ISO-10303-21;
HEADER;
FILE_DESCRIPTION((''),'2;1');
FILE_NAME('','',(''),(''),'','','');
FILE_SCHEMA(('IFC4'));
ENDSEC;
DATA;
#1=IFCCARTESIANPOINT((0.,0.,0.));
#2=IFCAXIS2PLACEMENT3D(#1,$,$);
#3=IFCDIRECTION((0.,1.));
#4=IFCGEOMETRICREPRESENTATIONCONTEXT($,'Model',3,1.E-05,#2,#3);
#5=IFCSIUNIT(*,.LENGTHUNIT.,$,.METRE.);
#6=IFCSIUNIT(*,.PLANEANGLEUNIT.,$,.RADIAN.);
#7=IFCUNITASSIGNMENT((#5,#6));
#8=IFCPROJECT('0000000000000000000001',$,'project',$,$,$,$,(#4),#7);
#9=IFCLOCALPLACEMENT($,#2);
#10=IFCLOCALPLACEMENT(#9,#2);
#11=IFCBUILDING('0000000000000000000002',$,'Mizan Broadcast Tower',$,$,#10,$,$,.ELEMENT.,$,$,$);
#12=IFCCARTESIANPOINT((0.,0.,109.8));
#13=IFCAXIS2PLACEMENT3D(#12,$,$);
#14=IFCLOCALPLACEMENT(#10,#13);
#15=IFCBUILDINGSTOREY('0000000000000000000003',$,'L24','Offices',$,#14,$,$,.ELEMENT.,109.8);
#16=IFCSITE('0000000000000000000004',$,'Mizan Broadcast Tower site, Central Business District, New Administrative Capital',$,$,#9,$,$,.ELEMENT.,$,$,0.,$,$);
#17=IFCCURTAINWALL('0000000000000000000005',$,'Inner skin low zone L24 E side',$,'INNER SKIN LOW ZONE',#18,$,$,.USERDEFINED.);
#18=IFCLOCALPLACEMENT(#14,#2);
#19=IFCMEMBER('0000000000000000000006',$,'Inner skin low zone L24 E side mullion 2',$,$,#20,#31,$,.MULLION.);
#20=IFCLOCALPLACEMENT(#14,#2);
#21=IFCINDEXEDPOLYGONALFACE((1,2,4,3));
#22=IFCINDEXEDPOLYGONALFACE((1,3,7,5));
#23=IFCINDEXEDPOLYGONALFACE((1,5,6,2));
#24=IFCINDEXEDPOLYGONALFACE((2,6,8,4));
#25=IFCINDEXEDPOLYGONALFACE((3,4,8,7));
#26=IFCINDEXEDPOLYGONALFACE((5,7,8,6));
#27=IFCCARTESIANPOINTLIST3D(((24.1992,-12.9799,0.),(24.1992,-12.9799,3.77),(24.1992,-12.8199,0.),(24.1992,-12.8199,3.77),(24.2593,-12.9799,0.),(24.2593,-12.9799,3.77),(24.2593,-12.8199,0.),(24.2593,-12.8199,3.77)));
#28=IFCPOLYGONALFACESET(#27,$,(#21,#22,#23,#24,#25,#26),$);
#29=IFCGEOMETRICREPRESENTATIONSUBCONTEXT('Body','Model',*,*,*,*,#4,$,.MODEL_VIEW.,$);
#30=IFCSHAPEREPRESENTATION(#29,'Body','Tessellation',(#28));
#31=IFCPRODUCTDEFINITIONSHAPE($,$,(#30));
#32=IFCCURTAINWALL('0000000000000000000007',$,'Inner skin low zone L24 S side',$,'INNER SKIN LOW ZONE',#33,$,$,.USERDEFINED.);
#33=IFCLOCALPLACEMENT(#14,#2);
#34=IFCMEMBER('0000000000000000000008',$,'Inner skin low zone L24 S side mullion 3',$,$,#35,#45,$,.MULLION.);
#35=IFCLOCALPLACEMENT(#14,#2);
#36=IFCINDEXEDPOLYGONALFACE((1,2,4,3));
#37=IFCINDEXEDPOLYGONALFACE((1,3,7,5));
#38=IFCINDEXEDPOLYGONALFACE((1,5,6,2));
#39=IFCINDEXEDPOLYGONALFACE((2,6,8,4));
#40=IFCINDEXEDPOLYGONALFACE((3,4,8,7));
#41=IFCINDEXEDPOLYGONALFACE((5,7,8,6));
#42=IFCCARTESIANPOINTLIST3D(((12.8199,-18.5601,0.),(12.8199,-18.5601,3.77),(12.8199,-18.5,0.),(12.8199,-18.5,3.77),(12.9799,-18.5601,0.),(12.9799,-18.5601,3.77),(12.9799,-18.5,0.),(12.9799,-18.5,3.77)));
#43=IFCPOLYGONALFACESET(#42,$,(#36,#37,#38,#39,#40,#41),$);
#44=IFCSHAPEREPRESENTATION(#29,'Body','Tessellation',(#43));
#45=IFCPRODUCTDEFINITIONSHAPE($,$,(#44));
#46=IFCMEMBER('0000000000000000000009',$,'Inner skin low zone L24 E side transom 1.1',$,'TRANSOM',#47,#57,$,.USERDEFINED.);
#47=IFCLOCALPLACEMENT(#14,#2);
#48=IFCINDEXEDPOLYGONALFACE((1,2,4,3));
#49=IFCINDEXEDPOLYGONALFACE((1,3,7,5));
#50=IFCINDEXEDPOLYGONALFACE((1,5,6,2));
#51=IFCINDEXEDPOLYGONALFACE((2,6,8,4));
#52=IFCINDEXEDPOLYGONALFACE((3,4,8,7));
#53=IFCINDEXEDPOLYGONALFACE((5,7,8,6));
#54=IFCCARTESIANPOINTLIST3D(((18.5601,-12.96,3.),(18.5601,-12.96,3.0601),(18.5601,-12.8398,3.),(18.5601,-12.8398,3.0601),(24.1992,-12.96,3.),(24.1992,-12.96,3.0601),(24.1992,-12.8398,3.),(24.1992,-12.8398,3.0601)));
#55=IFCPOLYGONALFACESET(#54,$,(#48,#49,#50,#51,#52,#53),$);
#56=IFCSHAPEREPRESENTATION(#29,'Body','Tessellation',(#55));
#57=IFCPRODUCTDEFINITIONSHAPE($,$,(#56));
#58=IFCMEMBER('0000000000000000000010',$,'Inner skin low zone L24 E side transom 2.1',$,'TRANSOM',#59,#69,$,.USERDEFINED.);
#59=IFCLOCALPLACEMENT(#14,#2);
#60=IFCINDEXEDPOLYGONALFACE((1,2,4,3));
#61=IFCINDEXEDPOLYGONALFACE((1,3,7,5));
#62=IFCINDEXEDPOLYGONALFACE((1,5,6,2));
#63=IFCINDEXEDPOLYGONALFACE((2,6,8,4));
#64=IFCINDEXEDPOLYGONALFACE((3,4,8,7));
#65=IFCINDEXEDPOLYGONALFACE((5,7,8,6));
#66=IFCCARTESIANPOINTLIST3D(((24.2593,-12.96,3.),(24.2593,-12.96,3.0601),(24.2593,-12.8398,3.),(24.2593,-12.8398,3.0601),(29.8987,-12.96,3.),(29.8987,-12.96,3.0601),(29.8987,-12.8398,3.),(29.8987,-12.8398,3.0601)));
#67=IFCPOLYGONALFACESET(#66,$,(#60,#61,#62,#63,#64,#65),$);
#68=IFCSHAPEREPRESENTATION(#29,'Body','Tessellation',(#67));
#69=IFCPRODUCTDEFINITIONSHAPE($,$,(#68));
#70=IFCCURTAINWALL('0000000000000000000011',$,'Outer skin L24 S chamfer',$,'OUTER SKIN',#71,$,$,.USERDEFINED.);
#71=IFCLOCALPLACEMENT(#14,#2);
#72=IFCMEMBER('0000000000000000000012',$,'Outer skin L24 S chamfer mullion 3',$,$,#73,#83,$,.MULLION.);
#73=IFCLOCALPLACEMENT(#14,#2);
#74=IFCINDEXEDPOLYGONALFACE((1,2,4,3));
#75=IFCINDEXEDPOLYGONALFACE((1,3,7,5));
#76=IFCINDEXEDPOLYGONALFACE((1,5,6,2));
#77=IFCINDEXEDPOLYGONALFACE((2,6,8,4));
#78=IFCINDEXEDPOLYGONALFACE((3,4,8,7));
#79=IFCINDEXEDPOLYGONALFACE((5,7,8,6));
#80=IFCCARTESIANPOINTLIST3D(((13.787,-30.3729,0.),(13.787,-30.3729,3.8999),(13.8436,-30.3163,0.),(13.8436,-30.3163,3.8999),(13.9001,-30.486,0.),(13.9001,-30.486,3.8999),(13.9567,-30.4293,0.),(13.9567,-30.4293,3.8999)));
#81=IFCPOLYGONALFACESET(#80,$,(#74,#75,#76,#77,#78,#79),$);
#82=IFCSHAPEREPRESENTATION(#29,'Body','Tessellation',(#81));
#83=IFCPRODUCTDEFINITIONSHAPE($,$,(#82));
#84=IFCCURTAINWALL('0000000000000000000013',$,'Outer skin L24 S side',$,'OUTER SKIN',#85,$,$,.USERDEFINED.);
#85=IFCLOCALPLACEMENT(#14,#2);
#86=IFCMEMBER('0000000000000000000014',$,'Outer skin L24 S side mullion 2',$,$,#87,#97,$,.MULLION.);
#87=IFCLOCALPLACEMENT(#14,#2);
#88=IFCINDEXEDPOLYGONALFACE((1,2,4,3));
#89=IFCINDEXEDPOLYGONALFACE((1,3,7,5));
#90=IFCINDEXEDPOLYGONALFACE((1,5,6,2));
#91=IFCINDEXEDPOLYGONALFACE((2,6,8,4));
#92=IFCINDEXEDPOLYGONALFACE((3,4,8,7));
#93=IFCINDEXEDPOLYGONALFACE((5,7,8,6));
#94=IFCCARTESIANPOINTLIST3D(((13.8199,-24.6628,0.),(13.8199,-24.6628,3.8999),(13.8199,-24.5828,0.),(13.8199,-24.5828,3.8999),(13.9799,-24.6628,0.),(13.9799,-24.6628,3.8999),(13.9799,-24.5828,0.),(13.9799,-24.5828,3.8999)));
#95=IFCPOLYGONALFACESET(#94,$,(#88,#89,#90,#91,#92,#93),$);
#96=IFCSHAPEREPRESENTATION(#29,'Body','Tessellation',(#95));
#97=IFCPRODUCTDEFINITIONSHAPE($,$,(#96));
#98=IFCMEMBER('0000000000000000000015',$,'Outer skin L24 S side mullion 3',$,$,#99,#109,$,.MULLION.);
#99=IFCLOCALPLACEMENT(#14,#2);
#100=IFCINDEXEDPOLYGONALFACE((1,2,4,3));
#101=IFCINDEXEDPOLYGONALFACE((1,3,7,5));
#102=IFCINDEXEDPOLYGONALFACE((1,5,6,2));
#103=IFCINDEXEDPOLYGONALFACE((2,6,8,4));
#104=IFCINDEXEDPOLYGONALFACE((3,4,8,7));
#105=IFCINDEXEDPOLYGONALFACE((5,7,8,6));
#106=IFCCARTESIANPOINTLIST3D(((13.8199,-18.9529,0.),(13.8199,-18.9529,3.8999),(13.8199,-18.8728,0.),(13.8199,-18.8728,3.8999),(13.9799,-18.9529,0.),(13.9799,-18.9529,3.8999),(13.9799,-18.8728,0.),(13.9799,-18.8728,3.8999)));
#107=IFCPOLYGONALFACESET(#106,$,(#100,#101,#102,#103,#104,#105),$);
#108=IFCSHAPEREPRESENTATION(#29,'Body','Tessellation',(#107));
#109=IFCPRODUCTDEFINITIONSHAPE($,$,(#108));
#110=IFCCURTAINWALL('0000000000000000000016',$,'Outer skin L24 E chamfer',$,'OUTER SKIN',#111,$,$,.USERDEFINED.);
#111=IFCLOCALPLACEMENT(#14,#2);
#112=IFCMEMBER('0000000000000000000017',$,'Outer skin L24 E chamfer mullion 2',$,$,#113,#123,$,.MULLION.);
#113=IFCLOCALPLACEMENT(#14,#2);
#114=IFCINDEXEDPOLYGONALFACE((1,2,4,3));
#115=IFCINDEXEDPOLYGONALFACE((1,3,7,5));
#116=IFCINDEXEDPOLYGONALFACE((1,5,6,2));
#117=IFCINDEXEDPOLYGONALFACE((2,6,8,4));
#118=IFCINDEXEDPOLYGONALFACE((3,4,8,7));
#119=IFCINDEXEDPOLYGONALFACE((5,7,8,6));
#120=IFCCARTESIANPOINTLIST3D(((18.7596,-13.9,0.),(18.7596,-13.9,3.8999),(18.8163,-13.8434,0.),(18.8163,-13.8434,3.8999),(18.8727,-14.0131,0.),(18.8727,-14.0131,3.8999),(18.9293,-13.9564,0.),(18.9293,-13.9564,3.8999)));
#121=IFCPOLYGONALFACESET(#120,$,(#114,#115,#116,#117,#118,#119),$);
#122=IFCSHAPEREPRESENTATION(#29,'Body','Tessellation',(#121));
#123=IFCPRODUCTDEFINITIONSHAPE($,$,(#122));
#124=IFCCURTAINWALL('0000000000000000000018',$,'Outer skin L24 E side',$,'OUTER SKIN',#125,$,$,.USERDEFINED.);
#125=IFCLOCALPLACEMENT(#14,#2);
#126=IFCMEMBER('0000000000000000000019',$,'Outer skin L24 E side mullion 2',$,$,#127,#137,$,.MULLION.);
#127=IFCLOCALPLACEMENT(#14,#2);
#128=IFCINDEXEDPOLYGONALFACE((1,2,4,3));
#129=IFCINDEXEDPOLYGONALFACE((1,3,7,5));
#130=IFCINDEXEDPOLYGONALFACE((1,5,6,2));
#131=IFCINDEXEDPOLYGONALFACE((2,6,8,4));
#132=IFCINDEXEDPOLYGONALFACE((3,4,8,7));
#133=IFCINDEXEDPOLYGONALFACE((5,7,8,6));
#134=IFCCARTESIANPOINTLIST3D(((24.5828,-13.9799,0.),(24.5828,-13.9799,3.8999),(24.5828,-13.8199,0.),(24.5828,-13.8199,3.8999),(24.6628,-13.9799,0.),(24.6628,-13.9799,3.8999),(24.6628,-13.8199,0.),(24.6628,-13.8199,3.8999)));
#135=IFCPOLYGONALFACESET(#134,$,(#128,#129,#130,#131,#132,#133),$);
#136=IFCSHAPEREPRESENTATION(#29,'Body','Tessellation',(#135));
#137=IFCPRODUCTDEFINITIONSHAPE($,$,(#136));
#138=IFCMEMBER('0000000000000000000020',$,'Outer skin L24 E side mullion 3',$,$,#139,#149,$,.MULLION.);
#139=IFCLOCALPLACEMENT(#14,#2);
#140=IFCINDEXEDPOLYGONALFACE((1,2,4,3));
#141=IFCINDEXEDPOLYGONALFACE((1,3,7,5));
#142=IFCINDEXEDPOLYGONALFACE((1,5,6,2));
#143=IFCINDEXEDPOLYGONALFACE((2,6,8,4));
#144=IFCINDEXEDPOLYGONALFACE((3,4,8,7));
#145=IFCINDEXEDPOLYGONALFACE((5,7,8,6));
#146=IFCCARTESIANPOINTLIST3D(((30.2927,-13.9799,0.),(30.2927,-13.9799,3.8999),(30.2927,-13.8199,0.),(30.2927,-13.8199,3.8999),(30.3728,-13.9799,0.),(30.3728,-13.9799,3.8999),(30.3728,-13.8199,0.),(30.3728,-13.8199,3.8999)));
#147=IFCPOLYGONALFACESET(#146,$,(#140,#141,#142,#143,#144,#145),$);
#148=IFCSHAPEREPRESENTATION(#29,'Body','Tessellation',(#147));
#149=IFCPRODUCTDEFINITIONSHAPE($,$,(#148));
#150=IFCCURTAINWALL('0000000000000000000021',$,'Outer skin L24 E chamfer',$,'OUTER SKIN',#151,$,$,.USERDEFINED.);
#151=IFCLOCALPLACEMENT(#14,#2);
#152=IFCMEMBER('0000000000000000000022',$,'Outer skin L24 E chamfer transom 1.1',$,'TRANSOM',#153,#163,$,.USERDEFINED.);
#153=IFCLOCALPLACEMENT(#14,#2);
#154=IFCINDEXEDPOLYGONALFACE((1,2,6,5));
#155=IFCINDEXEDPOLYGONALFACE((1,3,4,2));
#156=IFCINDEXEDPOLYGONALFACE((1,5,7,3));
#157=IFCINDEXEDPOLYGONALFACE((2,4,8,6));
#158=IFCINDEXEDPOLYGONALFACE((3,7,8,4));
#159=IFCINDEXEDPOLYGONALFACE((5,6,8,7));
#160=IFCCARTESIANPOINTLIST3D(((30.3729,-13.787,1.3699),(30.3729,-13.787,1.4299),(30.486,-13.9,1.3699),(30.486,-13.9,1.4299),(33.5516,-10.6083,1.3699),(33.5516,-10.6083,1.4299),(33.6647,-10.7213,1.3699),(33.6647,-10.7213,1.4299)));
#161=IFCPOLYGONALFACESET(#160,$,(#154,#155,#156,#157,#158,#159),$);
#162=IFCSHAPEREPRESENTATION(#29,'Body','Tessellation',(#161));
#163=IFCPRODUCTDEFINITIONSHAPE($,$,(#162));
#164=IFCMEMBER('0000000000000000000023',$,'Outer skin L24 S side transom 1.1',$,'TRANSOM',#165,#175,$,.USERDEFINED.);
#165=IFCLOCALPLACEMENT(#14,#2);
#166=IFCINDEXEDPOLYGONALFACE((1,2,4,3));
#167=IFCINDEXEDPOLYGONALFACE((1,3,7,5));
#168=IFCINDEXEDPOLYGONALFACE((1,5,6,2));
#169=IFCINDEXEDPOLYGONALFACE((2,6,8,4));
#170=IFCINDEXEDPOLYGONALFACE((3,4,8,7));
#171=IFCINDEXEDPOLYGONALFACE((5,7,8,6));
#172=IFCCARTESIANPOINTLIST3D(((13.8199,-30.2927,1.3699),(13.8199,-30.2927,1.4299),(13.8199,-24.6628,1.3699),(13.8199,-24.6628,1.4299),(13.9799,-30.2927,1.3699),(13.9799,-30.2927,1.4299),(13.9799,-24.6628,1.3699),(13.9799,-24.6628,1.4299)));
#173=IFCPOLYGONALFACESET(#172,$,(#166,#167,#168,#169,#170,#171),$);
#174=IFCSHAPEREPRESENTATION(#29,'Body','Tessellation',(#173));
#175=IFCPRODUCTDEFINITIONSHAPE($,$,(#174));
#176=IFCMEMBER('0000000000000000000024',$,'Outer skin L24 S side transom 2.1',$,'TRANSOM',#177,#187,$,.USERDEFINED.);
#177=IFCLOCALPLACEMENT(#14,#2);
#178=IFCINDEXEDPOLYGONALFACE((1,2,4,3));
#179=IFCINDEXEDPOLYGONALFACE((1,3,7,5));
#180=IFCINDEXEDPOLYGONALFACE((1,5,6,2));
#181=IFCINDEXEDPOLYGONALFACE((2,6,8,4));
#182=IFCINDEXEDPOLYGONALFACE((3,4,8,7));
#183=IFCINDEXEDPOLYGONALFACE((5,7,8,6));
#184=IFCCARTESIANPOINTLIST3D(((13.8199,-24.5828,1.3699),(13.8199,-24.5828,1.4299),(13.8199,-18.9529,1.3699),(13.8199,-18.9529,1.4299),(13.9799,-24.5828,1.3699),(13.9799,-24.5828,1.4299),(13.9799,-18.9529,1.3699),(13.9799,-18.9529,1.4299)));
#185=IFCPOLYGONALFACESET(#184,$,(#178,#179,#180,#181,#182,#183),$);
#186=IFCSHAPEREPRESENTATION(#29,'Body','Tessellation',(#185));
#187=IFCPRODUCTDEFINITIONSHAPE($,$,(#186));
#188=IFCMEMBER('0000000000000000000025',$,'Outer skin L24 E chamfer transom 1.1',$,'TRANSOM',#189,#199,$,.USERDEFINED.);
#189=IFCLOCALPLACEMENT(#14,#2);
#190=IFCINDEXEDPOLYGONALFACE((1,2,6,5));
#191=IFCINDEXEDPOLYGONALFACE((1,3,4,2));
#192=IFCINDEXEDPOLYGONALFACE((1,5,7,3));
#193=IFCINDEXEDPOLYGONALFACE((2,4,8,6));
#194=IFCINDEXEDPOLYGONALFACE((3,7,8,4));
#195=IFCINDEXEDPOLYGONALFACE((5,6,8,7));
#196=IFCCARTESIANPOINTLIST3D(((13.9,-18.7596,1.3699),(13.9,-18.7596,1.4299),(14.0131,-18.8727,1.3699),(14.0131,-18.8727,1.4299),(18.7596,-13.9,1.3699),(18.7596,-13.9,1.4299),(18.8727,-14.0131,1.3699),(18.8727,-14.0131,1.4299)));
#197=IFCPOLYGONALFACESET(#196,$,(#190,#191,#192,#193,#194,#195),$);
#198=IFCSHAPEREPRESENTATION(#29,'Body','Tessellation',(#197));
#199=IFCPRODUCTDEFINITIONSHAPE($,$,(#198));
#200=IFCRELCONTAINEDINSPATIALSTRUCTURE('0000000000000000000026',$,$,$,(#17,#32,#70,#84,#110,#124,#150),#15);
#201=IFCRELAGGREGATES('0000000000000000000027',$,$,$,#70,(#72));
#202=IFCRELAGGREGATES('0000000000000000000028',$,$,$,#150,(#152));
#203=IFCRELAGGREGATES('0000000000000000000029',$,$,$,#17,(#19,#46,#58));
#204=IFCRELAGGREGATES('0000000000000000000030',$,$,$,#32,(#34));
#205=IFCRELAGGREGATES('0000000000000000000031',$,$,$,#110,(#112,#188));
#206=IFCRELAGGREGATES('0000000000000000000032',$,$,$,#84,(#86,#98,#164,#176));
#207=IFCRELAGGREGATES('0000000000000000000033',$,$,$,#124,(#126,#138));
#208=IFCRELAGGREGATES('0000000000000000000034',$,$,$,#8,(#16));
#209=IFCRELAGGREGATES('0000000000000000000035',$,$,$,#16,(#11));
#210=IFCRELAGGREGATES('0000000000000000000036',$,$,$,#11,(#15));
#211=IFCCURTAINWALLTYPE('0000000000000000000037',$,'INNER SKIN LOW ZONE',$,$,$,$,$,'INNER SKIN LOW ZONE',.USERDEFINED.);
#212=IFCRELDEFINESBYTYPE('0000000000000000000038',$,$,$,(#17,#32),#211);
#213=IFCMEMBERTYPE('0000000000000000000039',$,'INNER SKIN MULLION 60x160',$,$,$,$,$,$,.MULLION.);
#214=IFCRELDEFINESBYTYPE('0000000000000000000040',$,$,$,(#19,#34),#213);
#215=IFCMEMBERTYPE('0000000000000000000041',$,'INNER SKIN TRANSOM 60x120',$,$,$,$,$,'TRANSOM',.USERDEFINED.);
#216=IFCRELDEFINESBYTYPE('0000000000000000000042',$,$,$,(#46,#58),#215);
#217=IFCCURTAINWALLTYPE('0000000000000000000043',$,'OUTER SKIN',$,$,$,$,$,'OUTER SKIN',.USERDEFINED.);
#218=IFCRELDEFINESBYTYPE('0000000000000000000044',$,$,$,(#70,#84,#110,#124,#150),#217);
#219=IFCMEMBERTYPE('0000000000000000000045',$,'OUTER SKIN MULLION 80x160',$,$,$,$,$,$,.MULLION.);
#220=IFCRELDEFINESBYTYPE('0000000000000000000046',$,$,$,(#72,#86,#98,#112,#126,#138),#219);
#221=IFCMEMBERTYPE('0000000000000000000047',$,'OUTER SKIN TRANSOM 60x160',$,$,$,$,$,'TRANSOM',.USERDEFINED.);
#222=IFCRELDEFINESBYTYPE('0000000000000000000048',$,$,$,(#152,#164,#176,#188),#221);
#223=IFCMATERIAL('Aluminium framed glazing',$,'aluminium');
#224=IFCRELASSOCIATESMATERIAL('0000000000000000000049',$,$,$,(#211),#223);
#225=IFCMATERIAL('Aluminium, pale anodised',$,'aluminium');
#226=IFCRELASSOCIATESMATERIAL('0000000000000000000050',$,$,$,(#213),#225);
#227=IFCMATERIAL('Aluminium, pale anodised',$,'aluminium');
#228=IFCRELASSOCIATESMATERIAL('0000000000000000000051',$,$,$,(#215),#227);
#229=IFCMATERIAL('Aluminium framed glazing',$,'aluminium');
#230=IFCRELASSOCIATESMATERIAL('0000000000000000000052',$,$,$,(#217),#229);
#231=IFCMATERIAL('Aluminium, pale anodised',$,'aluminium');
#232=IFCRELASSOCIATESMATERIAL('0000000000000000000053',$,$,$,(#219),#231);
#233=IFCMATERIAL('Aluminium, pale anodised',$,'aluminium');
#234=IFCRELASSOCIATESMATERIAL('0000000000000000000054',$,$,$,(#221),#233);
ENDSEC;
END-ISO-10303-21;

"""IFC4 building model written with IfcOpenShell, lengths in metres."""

from ifc_helpers import new_model, si_unit, direction, frame, origin, origin_2d, place, context, subcontext, project, spatial, rectangle, extrude, material, material_profile, profile_set, type_object, element, aggregate, save


model = new_model("IFC4")

# Units and contexts
model_context = context("Model", 3, precision=1e-05, world=origin(), true_north=direction((0.0, 1.0)))
body_context = subcontext(model_context, "Body", "Model", "MODEL_VIEW")
ifc_project = project(units=[si_unit("LENGTHUNIT", "METRE"), si_unit("PLANEANGLEUNIT", "RADIAN")], contexts=[model_context])

# Site, building, storey
site_placement = place(None, origin())
site = spatial("IfcSite", under=ifc_project, at=site_placement, Name="Mizan Broadcast Tower site, Central Business District, New Administrative Capital", CompositionType="ELEMENT", RefElevation=0.0)
building_placement = place(site_placement, origin())
building = spatial("IfcBuilding", under=site, at=building_placement, Name="Mizan Broadcast Tower", CompositionType="ELEMENT")
storey_placement = place(building_placement, frame((0.0, 0.0, 109.8)))
storey = spatial("IfcBuildingStorey", under=building, at=storey_placement, Name="L24", Description="Offices", CompositionType="ELEMENT", Elevation=109.8)

# Curtain walls, members
ifc_material_1 = material(Name="Aluminium framed glazing", Category="aluminium")
curtain_wall_type_1 = type_object("IfcCurtainWallType", Name="INNER SKIN LOW ZONE", ElementType="INNER SKIN LOW ZONE", PredefinedType="USERDEFINED", material=ifc_material_1)
curtain_wall_1_placement = place(storey_placement, origin())
curtain_wall_1 = element("IfcCurtainWall", 1, at=curtain_wall_1_placement, inside=storey, type_object=curtain_wall_type_1, Name="Inner skin low zone L24 E side", ObjectType="INNER SKIN LOW ZONE", PredefinedType="USERDEFINED")
ifc_material_2 = material(Name="Aluminium, pale anodised", Category="aluminium")
ifc_material_profile_1 = material_profile(ifc_material_2, rectangle(XDim=0.1599, YDim=0.0601, at=origin_2d()), Name="MULLION 160x60")
ifc_profile_set_1 = profile_set([ifc_material_profile_1], Name="Aluminium, pale anodised")
member_type_1 = type_object("IfcMemberType", Name="INNER SKIN MULLION 60x160", PredefinedType="MULLION", material=ifc_profile_set_1)
member_1_placement = place(storey_placement, frame((24.2292, -12.8999, 0.0), z_axis=(0.0, 0.0, 1.0), x_axis=(0.0, 1.0, 0.0)))
member_1 = element("IfcMember", 2, at=member_1_placement, type_object=member_type_1, Name="Inner skin low zone L24 E side mullion 2", PredefinedType="MULLION", context=body_context, shape_type="SweptSolid", body=[
    extrude(rectangle(XDim=0.1599, YDim=0.0601, at=origin_2d()), origin(), (0.0, 0.0, 1.0), 3.77),
])
curtain_wall_2_placement = place(storey_placement, origin())
curtain_wall_2 = element("IfcCurtainWall", 3, at=curtain_wall_2_placement, inside=storey, type_object=curtain_wall_type_1, Name="Inner skin low zone L24 S side", ObjectType="INNER SKIN LOW ZONE", PredefinedType="USERDEFINED")
member_2_placement = place(storey_placement, frame((12.8999, -18.53, 0.0), z_axis=(0.0, 0.0, 1.0), x_axis=(-1.0, 0.0, 0.0)))
member_2 = element("IfcMember", 4, at=member_2_placement, type_object=member_type_1, Name="Inner skin low zone L24 S side mullion 3", PredefinedType="MULLION", context=body_context, shape_type="SweptSolid", body=[
    extrude(rectangle(XDim=0.1599, YDim=0.0601, at=origin_2d()), origin(), (0.0, 0.0, 1.0), 3.77),
])

# Members
ifc_material_3 = material(Name="Aluminium, pale anodised", Category="aluminium")
ifc_material_profile_2 = material_profile(ifc_material_3, rectangle(XDim=0.1201, YDim=0.0601, at=origin_2d()), Name="TRANSOM 120x60")
ifc_profile_set_2 = profile_set([ifc_material_profile_2], Name="Aluminium, pale anodised")
member_type_2 = type_object("IfcMemberType", Name="INNER SKIN TRANSOM 60x120", ElementType="TRANSOM", PredefinedType="USERDEFINED", material=ifc_profile_set_2)
member_3_placement = place(storey_placement, frame((18.5601, -12.8999, 3.03), z_axis=(1.0, 0.0, 0.0), x_axis=(0.0, 1.0, 0.0)))
member_3 = element("IfcMember", 5, at=member_3_placement, type_object=member_type_2, Name="Inner skin low zone L24 E side transom 1.1", ObjectType="TRANSOM", PredefinedType="USERDEFINED", context=body_context, shape_type="SweptSolid", body=[
    extrude(rectangle(XDim=0.1201, YDim=0.0601, at=origin_2d()), origin(), (0.0, 0.0, 1.0), 5.6392),
])
member_4_placement = place(storey_placement, frame((24.2593, -12.8999, 3.03), z_axis=(1.0, 0.0, 0.0), x_axis=(0.0, 1.0, 0.0)))
member_4 = element("IfcMember", 6, at=member_4_placement, type_object=member_type_2, Name="Inner skin low zone L24 E side transom 2.1", ObjectType="TRANSOM", PredefinedType="USERDEFINED", context=body_context, shape_type="SweptSolid", body=[
    extrude(rectangle(XDim=0.1201, YDim=0.0601, at=origin_2d()), origin(), (0.0, 0.0, 1.0), 5.6394),
])

# Curtain wall, member
ifc_material_4 = material(Name="Aluminium framed glazing", Category="aluminium")
curtain_wall_type_2 = type_object("IfcCurtainWallType", Name="OUTER SKIN", ElementType="OUTER SKIN", PredefinedType="USERDEFINED", material=ifc_material_4)
curtain_wall_3_placement = place(storey_placement, origin())
curtain_wall_3 = element("IfcCurtainWall", 7, at=curtain_wall_3_placement, inside=storey, type_object=curtain_wall_type_2, Name="Outer skin L24 S chamfer", ObjectType="OUTER SKIN", PredefinedType="USERDEFINED")
ifc_material_5 = material(Name="Aluminium, pale anodised", Category="aluminium")
ifc_material_profile_3 = material_profile(ifc_material_5, rectangle(XDim=0.1599, YDim=0.0801, at=origin_2d()), Name="MULLION 160x80")
ifc_profile_set_3 = profile_set([ifc_material_profile_3], Name="Aluminium, pale anodised")
member_type_3 = type_object("IfcMemberType", Name="OUTER SKIN MULLION 80x160", PredefinedType="MULLION", material=ifc_profile_set_3)
member_5_placement = place(storey_placement, frame((13.8718, -30.4011, 0.0), z_axis=(0.0, 0.0, 1.0), x_axis=(-0.707107, 0.707107, 0.0)))
member_5 = element("IfcMember", 8, at=member_5_placement, type_object=member_type_3, Name="Outer skin L24 S chamfer mullion 3", PredefinedType="MULLION", context=body_context, shape_type="SweptSolid", body=[
    extrude(rectangle(XDim=0.1599, YDim=0.0801, at=origin_2d()), origin(), (0.0, 0.0, 1.0), 3.8999),
])
aggregate(curtain_wall_3, [member_5])

# Curtain wall, members
curtain_wall_4_placement = place(storey_placement, origin())
curtain_wall_4 = element("IfcCurtainWall", 9, at=curtain_wall_4_placement, inside=storey, type_object=curtain_wall_type_2, Name="Outer skin L24 S side", ObjectType="OUTER SKIN", PredefinedType="USERDEFINED")
member_6_placement = place(storey_placement, frame((13.8999, -24.6228, 0.0), z_axis=(0.0, 0.0, 1.0), x_axis=(-1.0, 0.0, 0.0)))
member_6 = element("IfcMember", 10, at=member_6_placement, type_object=member_type_3, Name="Outer skin L24 S side mullion 2", PredefinedType="MULLION", context=body_context, shape_type="SweptSolid", body=[
    extrude(rectangle(XDim=0.1599, YDim=0.0801, at=origin_2d()), origin(), (0.0, 0.0, 1.0), 3.8999),
])
member_7_placement = place(storey_placement, frame((13.8999, -18.9128, 0.0), z_axis=(0.0, 0.0, 1.0), x_axis=(-1.0, 0.0, 0.0)))
member_7 = element("IfcMember", 11, at=member_7_placement, type_object=member_type_3, Name="Outer skin L24 S side mullion 3", PredefinedType="MULLION", context=body_context, shape_type="SweptSolid", body=[
    extrude(rectangle(XDim=0.1599, YDim=0.0801, at=origin_2d()), origin(), (0.0, 0.0, 1.0), 3.8999),
])

# Curtain wall, member
curtain_wall_5_placement = place(storey_placement, origin())
curtain_wall_5 = element("IfcCurtainWall", 12, at=curtain_wall_5_placement, inside=storey, type_object=curtain_wall_type_2, Name="Outer skin L24 E chamfer", ObjectType="OUTER SKIN", PredefinedType="USERDEFINED")
member_8_placement = place(storey_placement, frame((18.8445, -13.9282, 0.0), z_axis=(0.0, 0.0, 1.0), x_axis=(-0.707107, 0.707107, 0.0)))
member_8 = element("IfcMember", 13, at=member_8_placement, type_object=member_type_3, Name="Outer skin L24 E chamfer mullion 2", PredefinedType="MULLION", context=body_context, shape_type="SweptSolid", body=[
    extrude(rectangle(XDim=0.1599, YDim=0.0801, at=origin_2d()), origin(), (0.0, 0.0, 1.0), 3.8999),
])

# Curtain wall, members
curtain_wall_6_placement = place(storey_placement, origin())
curtain_wall_6 = element("IfcCurtainWall", 14, at=curtain_wall_6_placement, inside=storey, type_object=curtain_wall_type_2, Name="Outer skin L24 E side", ObjectType="OUTER SKIN", PredefinedType="USERDEFINED")
member_9_placement = place(storey_placement, frame((24.6228, -13.8999, 0.0), z_axis=(0.0, 0.0, 1.0), x_axis=(0.0, 1.0, 0.0)))
member_9 = element("IfcMember", 15, at=member_9_placement, type_object=member_type_3, Name="Outer skin L24 E side mullion 2", PredefinedType="MULLION", context=body_context, shape_type="SweptSolid", body=[
    extrude(rectangle(XDim=0.1599, YDim=0.0801, at=origin_2d()), origin(), (0.0, 0.0, 1.0), 3.8999),
])
member_10_placement = place(storey_placement, frame((30.3328, -13.8999, 0.0), z_axis=(0.0, 0.0, 1.0), x_axis=(0.0, 1.0, 0.0)))
member_10 = element("IfcMember", 16, at=member_10_placement, type_object=member_type_3, Name="Outer skin L24 E side mullion 3", PredefinedType="MULLION", context=body_context, shape_type="SweptSolid", body=[
    extrude(rectangle(XDim=0.1599, YDim=0.0801, at=origin_2d()), origin(), (0.0, 0.0, 1.0), 3.8999),
])

# Curtain wall, member
curtain_wall_7_placement = place(storey_placement, origin())
curtain_wall_7 = element("IfcCurtainWall", 17, at=curtain_wall_7_placement, inside=storey, type_object=curtain_wall_type_2, Name="Outer skin L24 E chamfer", ObjectType="OUTER SKIN", PredefinedType="USERDEFINED")
ifc_material_6 = material(Name="Aluminium, pale anodised", Category="aluminium")
ifc_material_profile_4 = material_profile(ifc_material_6, rectangle(XDim=0.1599, YDim=0.0601, at=origin_2d()), Name="TRANSOM 160x60")
ifc_profile_set_4 = profile_set([ifc_material_profile_4], Name="Aluminium, pale anodised")
member_type_4 = type_object("IfcMemberType", Name="OUTER SKIN TRANSOM 60x160", ElementType="TRANSOM", PredefinedType="USERDEFINED", material=ifc_profile_set_4)
member_11_placement = place(storey_placement, frame((30.4294, -13.8435, 1.3999), z_axis=(0.707107, 0.707107, 0.0), x_axis=(-0.707107, 0.707107, 0.0)))
member_11 = element("IfcMember", 18, at=member_11_placement, type_object=member_type_4, Name="Outer skin L24 E chamfer transom 1.1", ObjectType="TRANSOM", PredefinedType="USERDEFINED", context=body_context, shape_type="SweptSolid", body=[
    extrude(rectangle(XDim=0.1599, YDim=0.0601, at=origin_2d()), origin(), (0.0, 0.0, 1.0), 4.4954),
])
aggregate(curtain_wall_7, [member_11])

# Members
member_12_placement = place(storey_placement, frame((13.8999, -30.2927, 1.3999), z_axis=(0.0, 1.0, 0.0), x_axis=(-1.0, 0.0, 0.0)))
member_12 = element("IfcMember", 19, at=member_12_placement, type_object=member_type_4, Name="Outer skin L24 S side transom 1.1", ObjectType="TRANSOM", PredefinedType="USERDEFINED", context=body_context, shape_type="SweptSolid", body=[
    extrude(rectangle(XDim=0.1599, YDim=0.0601, at=origin_2d()), origin(), (0.0, 0.0, 1.0), 5.6299),
])
member_13_placement = place(storey_placement, frame((13.8999, -24.5828, 1.3999), z_axis=(0.0, 1.0, 0.0), x_axis=(-1.0, 0.0, 0.0)))
member_13 = element("IfcMember", 20, at=member_13_placement, type_object=member_type_4, Name="Outer skin L24 S side transom 2.1", ObjectType="TRANSOM", PredefinedType="USERDEFINED", context=body_context, shape_type="SweptSolid", body=[
    extrude(rectangle(XDim=0.1599, YDim=0.0601, at=origin_2d()), origin(), (0.0, 0.0, 1.0), 5.6299),
])
member_14_placement = place(storey_placement, frame((13.9565, -18.8162, 1.3999), z_axis=(0.707107, 0.707107, 0.0), x_axis=(-0.707107, 0.707107, 0.0)))
member_14 = element("IfcMember", 21, at=member_14_placement, type_object=member_type_4, Name="Outer skin L24 E chamfer transom 1.1", ObjectType="TRANSOM", PredefinedType="USERDEFINED", context=body_context, shape_type="SweptSolid", body=[
    extrude(rectangle(XDim=0.1599, YDim=0.0601, at=origin_2d()), origin(), (0.0, 0.0, 1.0), 6.8726),
])

aggregate(curtain_wall_1, [member_1, member_3, member_4])
aggregate(curtain_wall_2, [member_2])
aggregate(curtain_wall_5, [member_8, member_14])
aggregate(curtain_wall_4, [member_6, member_7, member_12, member_13])
aggregate(curtain_wall_6, [member_9, member_10])

save(model, "model.ifc")
